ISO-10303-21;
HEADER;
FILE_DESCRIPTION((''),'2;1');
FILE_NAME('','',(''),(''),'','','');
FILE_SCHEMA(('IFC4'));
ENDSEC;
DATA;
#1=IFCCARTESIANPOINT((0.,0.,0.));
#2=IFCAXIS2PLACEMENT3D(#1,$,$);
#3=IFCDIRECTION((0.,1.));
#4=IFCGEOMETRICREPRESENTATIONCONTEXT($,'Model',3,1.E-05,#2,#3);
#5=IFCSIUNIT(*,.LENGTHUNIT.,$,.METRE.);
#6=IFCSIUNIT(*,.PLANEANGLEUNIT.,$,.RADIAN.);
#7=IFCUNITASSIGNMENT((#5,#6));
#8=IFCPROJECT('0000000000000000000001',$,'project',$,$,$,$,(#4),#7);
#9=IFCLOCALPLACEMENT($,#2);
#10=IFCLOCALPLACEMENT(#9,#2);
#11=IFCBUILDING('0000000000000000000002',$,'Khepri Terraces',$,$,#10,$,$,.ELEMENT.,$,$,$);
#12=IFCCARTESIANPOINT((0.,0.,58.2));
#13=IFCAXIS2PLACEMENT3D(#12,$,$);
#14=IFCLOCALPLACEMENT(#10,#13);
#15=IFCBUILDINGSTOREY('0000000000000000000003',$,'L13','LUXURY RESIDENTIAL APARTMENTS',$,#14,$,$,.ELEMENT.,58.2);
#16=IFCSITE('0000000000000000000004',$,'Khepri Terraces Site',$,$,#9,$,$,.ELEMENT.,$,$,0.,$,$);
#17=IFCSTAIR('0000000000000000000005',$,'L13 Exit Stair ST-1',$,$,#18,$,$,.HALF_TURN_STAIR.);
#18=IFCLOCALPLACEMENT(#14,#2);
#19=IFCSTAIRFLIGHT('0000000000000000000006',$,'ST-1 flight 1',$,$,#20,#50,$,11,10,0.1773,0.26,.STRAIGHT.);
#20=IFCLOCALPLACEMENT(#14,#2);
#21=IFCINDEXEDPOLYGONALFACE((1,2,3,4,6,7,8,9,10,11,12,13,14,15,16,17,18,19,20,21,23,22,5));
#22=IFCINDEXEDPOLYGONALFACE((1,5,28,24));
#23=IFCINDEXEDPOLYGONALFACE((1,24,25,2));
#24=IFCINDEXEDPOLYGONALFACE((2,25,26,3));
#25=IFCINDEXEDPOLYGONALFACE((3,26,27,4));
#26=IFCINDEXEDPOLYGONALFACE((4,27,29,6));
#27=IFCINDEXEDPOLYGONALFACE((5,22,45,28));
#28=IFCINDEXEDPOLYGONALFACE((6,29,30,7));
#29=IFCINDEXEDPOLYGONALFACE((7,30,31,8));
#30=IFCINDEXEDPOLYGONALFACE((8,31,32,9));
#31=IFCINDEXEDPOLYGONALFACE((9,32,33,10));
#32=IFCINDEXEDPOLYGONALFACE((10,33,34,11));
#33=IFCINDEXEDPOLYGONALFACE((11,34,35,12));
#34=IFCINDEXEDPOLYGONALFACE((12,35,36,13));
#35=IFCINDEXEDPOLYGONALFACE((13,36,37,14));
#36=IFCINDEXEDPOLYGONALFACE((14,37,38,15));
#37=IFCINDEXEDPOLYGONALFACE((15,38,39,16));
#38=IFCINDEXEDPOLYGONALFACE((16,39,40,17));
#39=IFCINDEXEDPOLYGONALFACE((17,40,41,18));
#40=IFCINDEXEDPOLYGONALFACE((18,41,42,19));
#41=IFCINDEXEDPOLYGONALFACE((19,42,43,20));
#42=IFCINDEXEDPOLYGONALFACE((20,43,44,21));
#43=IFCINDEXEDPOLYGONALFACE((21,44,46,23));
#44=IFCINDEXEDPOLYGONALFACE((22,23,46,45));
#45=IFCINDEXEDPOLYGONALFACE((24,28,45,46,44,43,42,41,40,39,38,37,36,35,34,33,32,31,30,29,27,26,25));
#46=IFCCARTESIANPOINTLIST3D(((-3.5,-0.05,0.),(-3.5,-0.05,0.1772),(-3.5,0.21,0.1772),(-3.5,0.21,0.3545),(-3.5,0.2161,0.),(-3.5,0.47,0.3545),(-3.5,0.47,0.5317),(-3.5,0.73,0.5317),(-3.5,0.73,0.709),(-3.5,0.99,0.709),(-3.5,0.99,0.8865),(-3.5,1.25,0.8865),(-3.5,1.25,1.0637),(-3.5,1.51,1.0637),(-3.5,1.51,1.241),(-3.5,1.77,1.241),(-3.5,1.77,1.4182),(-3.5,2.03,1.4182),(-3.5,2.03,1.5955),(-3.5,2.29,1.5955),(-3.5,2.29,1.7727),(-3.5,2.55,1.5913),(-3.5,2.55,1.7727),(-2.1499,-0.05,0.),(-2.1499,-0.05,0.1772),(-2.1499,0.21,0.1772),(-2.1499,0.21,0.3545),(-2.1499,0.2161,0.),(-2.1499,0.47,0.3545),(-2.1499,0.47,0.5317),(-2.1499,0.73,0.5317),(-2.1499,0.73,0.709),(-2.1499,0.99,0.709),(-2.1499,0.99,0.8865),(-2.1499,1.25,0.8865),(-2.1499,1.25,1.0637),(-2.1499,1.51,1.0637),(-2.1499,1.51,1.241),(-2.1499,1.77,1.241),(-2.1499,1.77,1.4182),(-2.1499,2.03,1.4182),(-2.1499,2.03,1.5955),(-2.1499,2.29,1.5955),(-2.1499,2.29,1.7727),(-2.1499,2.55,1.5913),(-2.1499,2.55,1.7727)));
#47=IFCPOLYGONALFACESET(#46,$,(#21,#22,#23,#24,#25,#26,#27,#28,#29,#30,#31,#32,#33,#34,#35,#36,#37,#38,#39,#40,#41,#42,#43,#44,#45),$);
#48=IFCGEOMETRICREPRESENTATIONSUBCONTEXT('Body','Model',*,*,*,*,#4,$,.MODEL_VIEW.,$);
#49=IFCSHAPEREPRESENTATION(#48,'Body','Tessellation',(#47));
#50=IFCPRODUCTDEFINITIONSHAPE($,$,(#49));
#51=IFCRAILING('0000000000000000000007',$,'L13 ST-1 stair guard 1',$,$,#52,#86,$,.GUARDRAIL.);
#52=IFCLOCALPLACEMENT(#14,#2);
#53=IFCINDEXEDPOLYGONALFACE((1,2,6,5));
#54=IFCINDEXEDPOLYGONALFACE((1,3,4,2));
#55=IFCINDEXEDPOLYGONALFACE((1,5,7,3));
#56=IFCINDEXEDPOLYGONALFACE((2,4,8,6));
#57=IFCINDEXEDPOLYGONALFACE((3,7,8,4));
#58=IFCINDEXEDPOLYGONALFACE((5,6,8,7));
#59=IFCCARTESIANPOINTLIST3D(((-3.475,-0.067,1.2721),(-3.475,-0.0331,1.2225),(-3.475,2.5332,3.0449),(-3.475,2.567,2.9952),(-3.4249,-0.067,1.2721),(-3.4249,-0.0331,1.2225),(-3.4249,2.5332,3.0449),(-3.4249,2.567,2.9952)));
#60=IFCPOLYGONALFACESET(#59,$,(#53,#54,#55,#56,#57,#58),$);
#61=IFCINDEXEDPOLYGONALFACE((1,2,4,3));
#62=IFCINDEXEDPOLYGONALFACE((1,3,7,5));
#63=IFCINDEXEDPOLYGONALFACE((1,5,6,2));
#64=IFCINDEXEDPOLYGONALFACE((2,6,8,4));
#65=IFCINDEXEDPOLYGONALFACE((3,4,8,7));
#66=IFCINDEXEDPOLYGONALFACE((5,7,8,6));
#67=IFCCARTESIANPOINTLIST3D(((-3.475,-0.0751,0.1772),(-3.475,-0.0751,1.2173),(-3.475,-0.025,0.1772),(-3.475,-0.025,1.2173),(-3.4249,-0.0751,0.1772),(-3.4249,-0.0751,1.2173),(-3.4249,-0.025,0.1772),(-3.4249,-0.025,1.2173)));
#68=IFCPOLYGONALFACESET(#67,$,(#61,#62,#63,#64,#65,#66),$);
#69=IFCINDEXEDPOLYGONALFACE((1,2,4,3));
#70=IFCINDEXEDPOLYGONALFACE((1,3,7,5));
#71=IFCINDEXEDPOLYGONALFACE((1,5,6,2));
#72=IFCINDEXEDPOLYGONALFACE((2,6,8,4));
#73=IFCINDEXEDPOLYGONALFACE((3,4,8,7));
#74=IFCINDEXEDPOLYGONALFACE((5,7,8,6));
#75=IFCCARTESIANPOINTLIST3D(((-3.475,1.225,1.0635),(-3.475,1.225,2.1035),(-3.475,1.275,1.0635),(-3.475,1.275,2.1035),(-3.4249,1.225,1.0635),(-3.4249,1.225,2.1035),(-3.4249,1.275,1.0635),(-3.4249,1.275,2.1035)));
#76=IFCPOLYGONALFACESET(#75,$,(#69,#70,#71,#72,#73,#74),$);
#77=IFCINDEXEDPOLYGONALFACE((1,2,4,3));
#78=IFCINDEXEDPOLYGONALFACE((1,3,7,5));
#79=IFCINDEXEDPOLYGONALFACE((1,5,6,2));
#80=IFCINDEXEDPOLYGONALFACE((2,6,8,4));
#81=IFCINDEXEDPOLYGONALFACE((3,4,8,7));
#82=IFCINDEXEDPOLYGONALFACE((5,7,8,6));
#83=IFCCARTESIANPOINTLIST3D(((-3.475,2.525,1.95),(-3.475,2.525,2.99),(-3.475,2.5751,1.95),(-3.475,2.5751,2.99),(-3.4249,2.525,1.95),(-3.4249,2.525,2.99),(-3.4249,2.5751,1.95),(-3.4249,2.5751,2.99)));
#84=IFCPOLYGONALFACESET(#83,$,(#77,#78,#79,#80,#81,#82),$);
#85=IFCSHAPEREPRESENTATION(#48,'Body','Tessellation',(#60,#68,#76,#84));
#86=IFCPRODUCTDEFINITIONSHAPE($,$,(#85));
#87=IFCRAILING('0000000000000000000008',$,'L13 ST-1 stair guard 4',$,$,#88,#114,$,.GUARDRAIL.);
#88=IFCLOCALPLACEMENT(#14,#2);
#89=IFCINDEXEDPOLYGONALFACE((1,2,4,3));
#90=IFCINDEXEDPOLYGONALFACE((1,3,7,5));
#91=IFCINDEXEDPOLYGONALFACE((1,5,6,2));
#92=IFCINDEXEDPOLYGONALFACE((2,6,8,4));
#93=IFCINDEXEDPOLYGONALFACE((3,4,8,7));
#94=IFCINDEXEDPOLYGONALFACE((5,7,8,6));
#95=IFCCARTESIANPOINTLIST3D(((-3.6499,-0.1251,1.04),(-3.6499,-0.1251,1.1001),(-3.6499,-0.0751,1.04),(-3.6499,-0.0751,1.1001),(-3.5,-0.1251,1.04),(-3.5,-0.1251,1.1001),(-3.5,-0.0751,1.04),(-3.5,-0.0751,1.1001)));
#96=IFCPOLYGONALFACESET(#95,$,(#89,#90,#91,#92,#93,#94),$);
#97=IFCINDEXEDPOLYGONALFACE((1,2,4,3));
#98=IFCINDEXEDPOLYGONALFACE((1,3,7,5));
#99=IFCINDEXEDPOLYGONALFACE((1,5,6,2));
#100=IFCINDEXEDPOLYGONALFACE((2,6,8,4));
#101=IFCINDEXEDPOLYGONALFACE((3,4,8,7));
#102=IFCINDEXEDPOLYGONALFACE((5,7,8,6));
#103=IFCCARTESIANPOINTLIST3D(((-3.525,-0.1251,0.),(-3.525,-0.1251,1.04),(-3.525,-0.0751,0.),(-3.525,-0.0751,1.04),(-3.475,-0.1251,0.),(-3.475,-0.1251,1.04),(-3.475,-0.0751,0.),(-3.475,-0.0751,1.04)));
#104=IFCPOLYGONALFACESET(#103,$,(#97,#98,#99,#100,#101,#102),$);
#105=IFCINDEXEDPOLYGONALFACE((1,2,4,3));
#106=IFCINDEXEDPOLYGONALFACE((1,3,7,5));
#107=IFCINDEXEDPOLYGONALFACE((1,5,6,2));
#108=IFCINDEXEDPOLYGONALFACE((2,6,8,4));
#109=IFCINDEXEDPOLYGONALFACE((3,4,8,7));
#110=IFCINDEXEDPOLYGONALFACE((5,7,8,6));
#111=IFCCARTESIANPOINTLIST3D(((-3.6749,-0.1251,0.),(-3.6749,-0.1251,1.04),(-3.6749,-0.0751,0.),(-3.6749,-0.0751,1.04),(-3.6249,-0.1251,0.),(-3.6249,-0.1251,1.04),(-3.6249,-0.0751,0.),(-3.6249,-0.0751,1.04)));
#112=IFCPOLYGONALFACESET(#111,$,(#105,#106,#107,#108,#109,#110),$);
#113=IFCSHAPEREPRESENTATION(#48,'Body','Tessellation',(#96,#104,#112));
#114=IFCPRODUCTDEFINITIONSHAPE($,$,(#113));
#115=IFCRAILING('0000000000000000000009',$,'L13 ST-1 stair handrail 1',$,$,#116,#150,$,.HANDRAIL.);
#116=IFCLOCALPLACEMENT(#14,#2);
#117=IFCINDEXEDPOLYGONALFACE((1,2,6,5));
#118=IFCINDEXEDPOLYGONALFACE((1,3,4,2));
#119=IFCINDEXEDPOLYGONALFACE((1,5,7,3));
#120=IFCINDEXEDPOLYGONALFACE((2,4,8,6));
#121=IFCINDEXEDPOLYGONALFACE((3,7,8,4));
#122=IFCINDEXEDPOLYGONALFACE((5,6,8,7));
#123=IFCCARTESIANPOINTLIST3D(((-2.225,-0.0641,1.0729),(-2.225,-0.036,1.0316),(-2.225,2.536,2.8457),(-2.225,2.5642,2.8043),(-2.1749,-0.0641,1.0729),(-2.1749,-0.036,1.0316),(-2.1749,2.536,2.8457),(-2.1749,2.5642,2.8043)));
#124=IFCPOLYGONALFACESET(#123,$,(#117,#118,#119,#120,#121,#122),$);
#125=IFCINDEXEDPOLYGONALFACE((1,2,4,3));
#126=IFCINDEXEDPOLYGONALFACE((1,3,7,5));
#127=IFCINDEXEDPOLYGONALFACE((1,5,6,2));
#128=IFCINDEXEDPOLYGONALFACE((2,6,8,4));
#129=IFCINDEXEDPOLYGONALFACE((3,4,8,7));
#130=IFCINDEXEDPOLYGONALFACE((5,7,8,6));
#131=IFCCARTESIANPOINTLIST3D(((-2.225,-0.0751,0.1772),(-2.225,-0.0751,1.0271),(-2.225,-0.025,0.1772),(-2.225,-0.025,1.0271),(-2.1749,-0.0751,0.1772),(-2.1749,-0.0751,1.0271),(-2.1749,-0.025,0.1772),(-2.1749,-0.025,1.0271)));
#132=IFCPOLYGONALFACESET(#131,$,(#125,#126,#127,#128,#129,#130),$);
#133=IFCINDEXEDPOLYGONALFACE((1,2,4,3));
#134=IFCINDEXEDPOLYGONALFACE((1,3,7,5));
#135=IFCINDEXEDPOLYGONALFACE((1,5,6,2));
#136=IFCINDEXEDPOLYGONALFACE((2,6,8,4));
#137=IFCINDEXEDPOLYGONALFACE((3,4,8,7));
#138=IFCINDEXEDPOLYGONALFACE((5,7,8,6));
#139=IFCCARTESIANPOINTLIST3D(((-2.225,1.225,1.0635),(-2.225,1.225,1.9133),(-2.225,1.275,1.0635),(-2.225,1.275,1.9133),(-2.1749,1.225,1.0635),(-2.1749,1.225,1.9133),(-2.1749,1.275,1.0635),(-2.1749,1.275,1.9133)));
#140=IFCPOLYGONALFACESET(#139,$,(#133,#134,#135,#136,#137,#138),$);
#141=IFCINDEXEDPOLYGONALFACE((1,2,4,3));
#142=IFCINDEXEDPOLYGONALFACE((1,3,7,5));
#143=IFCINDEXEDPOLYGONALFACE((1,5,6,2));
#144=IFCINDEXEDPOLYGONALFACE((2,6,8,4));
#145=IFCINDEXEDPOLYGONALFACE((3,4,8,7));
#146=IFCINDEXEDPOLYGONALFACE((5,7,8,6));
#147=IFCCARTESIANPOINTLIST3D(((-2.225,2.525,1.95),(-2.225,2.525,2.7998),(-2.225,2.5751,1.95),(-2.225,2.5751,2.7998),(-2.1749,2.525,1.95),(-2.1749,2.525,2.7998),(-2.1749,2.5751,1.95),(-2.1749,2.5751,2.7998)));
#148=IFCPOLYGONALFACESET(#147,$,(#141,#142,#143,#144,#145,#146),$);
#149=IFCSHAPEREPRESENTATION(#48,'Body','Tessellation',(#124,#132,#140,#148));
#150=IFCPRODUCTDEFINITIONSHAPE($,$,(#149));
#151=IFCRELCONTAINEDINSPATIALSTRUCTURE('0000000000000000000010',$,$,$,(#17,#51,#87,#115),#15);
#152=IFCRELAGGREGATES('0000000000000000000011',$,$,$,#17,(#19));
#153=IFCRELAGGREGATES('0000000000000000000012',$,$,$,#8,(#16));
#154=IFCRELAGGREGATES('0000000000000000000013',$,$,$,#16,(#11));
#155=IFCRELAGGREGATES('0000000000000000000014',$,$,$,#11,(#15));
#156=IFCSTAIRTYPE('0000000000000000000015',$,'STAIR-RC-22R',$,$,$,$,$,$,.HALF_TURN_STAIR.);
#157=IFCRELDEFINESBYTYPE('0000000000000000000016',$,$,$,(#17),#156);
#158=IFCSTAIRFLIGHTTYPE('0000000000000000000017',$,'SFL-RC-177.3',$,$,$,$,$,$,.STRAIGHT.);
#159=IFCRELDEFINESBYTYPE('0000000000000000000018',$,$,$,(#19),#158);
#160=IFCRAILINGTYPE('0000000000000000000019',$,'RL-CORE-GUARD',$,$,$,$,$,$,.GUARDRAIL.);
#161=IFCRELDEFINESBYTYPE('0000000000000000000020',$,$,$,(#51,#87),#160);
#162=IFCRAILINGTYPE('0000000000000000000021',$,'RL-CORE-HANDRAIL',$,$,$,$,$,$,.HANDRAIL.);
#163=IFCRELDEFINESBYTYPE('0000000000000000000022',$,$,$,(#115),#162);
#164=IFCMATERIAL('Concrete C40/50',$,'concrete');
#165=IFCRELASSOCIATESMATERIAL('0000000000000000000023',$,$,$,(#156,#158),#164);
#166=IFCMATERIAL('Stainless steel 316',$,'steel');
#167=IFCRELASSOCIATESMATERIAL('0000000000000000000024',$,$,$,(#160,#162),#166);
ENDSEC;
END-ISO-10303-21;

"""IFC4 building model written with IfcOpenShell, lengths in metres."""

from ifc_helpers import new_model, si_unit, direction, frame, origin, origin_2d, place, context, subcontext, project, spatial, polyline, rectangle, outline, extrude, material, type_object, element, aggregate, save


model = new_model("IFC4")

# Units and contexts
model_context = context("Model", 3, precision=1e-05, world=origin(), true_north=direction((0.0, 1.0)))
body_context = subcontext(model_context, "Body", "Model", "MODEL_VIEW")
ifc_project = project(units=[si_unit("LENGTHUNIT", "METRE"), si_unit("PLANEANGLEUNIT", "RADIAN")], contexts=[model_context])

# Site, building, storey
site_placement = place(None, origin())
site = spatial("IfcSite", under=ifc_project, at=site_placement, Name="Khepri Terraces Site", CompositionType="ELEMENT", RefElevation=0.0)
building_placement = place(site_placement, origin())
building = spatial("IfcBuilding", under=site, at=building_placement, Name="Khepri Terraces", CompositionType="ELEMENT")
storey_placement = place(building_placement, frame((0.0, 0.0, 58.2)))
storey = spatial("IfcBuildingStorey", under=building, at=storey_placement, Name="L13", Description="LUXURY RESIDENTIAL APARTMENTS", CompositionType="ELEMENT", Elevation=58.2)

# Shared definitions
ifc_material_1 = material(Name="Concrete C40/50", Category="concrete")

# Stair, stair flight
stair_type = type_object("IfcStairType", Name="STAIR-RC-22R", PredefinedType="HALF_TURN_STAIR", material=ifc_material_1)
stair_placement = place(storey_placement, origin())
stair = element("IfcStair", 1, at=stair_placement, inside=storey, type_object=stair_type, Name="L13 Exit Stair ST-1", PredefinedType="HALF_TURN_STAIR")
stair_flight_type = type_object("IfcStairFlightType", Name="SFL-RC-177.3", PredefinedType="STRAIGHT", material=ifc_material_1)
stair_flight_placement = place(storey_placement, frame((-2.825, -0.05, 0.0), z_axis=(0.0, 0.0, 1.0), x_axis=(0.0, 1.0, 0.0)))
stair_flight = element("IfcStairFlight", 2, at=stair_flight_placement, type_object=stair_flight_type, Name="ST-1 flight 1", NumberOfRisers=11, NumberOfTreads=10, PredefinedType="STRAIGHT", RiserHeight=0.1773, TreadLength=0.26, context=body_context, shape_type="SweptSolid", body=[
    extrude(outline(polyline([(0.0, 0.0), (0.0, 0.1772), (0.26, 0.1772), (0.26, 0.3545), (0.52, 0.3545), (0.52, 0.5317), (0.78, 0.5317), (0.78, 0.709), (1.04, 0.709), (1.04, 0.8865), (1.3, 0.8865), (1.3, 1.0637), (1.5601, 1.0637), (1.5601, 1.241), (1.8201, 1.241), (1.8201, 1.4182), (2.0801, 1.4182), (2.0801, 1.5955), (2.3401, 1.5955), (2.3401, 1.7727), (2.6001, 1.7727), (2.6001, 1.95), (2.6001, 1.5913), (0.2661, 0.0), (0.0, 0.0)])), frame((0.0, 0.675, 0.0), z_axis=(0.0, -1.0, 0.0), x_axis=(1.0, 0.0, 0.0)), (0.0, 0.0, 1.0), 1.3501),
])
aggregate(stair, [stair_flight])

# Railings
ifc_material_2 = material(Name="Stainless steel 316", Category="steel")
railing_type_1 = type_object("IfcRailingType", Name="RL-CORE-GUARD", PredefinedType="GUARDRAIL", material=ifc_material_2)
railing_1_placement = place(storey_placement, frame((-3.45, -0.05, 0.1772)))
element("IfcRailing", 3, at=railing_1_placement, inside=storey, type_object=railing_type_1, Name="L13 ST-1 stair guard 1", PredefinedType="GUARDRAIL", context=body_context, shape_type="SweptSolid", body=[
    extrude(rectangle(XDim=0.05, YDim=0.0601, at=origin_2d()), frame((0.0, 0.0, 1.0701), z_axis=(0.0, 0.82624, 0.563318), x_axis=(-1.0, 0.0, 0.0)), (0.0, 0.0, 1.0), 3.147),
    extrude(rectangle(XDim=0.05, YDim=0.05, at=origin_2d()), origin(), (0.0, 0.0, 1.0), 1.04),
    extrude(rectangle(XDim=0.05, YDim=0.05, at=origin_2d()), frame((0.0, 1.3, 0.8862)), (0.0, 0.0, 1.0), 1.04),
    extrude(rectangle(XDim=0.05, YDim=0.05, at=origin_2d()), frame((0.0, 2.6001, 1.7727)), (0.0, 0.0, 1.0), 1.04),
])
railing_2_placement = place(storey_placement, frame((-3.5, -0.1001, 0.0)))
element("IfcRailing", 4, at=railing_2_placement, inside=storey, type_object=railing_type_1, Name="L13 ST-1 stair guard 4", PredefinedType="GUARDRAIL", context=body_context, shape_type="SweptSolid", body=[
    extrude(rectangle(XDim=0.05, YDim=0.0601, at=origin_2d()), frame((0.0, 0.0, 1.0701), z_axis=(-1.0, 0.0, 0.0), x_axis=(0.0, -1.0, 0.0)), (0.0, 0.0, 1.0), 0.1499),
    extrude(rectangle(XDim=0.05, YDim=0.05, at=origin_2d()), origin(), (0.0, 0.0, 1.0), 1.04),
    extrude(rectangle(XDim=0.05, YDim=0.05, at=origin_2d()), frame((-0.1499, 0.0, 0.0)), (0.0, 0.0, 1.0), 1.04),
])
railing_type_2 = type_object("IfcRailingType", Name="RL-CORE-HANDRAIL", PredefinedType="HANDRAIL", material=ifc_material_2)
railing_3_placement = place(storey_placement, frame((-2.2, -0.05, 0.1772)))
element("IfcRailing", 5, at=railing_3_placement, inside=storey, type_object=railing_type_2, Name="L13 ST-1 stair handrail 1", PredefinedType="HANDRAIL", context=body_context, shape_type="SweptSolid", body=[
    extrude(rectangle(XDim=0.05, YDim=0.05, at=origin_2d()), frame((0.0, 0.0, 0.875), z_axis=(0.0, 0.82624, 0.563318), x_axis=(-1.0, 0.0, 0.0)), (0.0, 0.0, 1.0), 3.147),
    extrude(rectangle(XDim=0.05, YDim=0.05, at=origin_2d()), origin(), (0.0, 0.0, 1.0), 0.8499),
    extrude(rectangle(XDim=0.05, YDim=0.05, at=origin_2d()), frame((0.0, 1.3, 0.8862)), (0.0, 0.0, 1.0), 0.8499),
    extrude(rectangle(XDim=0.05, YDim=0.05, at=origin_2d()), frame((0.0, 2.6001, 1.7727)), (0.0, 0.0, 1.0), 0.8499),
])

save(model, "model.ifc")
